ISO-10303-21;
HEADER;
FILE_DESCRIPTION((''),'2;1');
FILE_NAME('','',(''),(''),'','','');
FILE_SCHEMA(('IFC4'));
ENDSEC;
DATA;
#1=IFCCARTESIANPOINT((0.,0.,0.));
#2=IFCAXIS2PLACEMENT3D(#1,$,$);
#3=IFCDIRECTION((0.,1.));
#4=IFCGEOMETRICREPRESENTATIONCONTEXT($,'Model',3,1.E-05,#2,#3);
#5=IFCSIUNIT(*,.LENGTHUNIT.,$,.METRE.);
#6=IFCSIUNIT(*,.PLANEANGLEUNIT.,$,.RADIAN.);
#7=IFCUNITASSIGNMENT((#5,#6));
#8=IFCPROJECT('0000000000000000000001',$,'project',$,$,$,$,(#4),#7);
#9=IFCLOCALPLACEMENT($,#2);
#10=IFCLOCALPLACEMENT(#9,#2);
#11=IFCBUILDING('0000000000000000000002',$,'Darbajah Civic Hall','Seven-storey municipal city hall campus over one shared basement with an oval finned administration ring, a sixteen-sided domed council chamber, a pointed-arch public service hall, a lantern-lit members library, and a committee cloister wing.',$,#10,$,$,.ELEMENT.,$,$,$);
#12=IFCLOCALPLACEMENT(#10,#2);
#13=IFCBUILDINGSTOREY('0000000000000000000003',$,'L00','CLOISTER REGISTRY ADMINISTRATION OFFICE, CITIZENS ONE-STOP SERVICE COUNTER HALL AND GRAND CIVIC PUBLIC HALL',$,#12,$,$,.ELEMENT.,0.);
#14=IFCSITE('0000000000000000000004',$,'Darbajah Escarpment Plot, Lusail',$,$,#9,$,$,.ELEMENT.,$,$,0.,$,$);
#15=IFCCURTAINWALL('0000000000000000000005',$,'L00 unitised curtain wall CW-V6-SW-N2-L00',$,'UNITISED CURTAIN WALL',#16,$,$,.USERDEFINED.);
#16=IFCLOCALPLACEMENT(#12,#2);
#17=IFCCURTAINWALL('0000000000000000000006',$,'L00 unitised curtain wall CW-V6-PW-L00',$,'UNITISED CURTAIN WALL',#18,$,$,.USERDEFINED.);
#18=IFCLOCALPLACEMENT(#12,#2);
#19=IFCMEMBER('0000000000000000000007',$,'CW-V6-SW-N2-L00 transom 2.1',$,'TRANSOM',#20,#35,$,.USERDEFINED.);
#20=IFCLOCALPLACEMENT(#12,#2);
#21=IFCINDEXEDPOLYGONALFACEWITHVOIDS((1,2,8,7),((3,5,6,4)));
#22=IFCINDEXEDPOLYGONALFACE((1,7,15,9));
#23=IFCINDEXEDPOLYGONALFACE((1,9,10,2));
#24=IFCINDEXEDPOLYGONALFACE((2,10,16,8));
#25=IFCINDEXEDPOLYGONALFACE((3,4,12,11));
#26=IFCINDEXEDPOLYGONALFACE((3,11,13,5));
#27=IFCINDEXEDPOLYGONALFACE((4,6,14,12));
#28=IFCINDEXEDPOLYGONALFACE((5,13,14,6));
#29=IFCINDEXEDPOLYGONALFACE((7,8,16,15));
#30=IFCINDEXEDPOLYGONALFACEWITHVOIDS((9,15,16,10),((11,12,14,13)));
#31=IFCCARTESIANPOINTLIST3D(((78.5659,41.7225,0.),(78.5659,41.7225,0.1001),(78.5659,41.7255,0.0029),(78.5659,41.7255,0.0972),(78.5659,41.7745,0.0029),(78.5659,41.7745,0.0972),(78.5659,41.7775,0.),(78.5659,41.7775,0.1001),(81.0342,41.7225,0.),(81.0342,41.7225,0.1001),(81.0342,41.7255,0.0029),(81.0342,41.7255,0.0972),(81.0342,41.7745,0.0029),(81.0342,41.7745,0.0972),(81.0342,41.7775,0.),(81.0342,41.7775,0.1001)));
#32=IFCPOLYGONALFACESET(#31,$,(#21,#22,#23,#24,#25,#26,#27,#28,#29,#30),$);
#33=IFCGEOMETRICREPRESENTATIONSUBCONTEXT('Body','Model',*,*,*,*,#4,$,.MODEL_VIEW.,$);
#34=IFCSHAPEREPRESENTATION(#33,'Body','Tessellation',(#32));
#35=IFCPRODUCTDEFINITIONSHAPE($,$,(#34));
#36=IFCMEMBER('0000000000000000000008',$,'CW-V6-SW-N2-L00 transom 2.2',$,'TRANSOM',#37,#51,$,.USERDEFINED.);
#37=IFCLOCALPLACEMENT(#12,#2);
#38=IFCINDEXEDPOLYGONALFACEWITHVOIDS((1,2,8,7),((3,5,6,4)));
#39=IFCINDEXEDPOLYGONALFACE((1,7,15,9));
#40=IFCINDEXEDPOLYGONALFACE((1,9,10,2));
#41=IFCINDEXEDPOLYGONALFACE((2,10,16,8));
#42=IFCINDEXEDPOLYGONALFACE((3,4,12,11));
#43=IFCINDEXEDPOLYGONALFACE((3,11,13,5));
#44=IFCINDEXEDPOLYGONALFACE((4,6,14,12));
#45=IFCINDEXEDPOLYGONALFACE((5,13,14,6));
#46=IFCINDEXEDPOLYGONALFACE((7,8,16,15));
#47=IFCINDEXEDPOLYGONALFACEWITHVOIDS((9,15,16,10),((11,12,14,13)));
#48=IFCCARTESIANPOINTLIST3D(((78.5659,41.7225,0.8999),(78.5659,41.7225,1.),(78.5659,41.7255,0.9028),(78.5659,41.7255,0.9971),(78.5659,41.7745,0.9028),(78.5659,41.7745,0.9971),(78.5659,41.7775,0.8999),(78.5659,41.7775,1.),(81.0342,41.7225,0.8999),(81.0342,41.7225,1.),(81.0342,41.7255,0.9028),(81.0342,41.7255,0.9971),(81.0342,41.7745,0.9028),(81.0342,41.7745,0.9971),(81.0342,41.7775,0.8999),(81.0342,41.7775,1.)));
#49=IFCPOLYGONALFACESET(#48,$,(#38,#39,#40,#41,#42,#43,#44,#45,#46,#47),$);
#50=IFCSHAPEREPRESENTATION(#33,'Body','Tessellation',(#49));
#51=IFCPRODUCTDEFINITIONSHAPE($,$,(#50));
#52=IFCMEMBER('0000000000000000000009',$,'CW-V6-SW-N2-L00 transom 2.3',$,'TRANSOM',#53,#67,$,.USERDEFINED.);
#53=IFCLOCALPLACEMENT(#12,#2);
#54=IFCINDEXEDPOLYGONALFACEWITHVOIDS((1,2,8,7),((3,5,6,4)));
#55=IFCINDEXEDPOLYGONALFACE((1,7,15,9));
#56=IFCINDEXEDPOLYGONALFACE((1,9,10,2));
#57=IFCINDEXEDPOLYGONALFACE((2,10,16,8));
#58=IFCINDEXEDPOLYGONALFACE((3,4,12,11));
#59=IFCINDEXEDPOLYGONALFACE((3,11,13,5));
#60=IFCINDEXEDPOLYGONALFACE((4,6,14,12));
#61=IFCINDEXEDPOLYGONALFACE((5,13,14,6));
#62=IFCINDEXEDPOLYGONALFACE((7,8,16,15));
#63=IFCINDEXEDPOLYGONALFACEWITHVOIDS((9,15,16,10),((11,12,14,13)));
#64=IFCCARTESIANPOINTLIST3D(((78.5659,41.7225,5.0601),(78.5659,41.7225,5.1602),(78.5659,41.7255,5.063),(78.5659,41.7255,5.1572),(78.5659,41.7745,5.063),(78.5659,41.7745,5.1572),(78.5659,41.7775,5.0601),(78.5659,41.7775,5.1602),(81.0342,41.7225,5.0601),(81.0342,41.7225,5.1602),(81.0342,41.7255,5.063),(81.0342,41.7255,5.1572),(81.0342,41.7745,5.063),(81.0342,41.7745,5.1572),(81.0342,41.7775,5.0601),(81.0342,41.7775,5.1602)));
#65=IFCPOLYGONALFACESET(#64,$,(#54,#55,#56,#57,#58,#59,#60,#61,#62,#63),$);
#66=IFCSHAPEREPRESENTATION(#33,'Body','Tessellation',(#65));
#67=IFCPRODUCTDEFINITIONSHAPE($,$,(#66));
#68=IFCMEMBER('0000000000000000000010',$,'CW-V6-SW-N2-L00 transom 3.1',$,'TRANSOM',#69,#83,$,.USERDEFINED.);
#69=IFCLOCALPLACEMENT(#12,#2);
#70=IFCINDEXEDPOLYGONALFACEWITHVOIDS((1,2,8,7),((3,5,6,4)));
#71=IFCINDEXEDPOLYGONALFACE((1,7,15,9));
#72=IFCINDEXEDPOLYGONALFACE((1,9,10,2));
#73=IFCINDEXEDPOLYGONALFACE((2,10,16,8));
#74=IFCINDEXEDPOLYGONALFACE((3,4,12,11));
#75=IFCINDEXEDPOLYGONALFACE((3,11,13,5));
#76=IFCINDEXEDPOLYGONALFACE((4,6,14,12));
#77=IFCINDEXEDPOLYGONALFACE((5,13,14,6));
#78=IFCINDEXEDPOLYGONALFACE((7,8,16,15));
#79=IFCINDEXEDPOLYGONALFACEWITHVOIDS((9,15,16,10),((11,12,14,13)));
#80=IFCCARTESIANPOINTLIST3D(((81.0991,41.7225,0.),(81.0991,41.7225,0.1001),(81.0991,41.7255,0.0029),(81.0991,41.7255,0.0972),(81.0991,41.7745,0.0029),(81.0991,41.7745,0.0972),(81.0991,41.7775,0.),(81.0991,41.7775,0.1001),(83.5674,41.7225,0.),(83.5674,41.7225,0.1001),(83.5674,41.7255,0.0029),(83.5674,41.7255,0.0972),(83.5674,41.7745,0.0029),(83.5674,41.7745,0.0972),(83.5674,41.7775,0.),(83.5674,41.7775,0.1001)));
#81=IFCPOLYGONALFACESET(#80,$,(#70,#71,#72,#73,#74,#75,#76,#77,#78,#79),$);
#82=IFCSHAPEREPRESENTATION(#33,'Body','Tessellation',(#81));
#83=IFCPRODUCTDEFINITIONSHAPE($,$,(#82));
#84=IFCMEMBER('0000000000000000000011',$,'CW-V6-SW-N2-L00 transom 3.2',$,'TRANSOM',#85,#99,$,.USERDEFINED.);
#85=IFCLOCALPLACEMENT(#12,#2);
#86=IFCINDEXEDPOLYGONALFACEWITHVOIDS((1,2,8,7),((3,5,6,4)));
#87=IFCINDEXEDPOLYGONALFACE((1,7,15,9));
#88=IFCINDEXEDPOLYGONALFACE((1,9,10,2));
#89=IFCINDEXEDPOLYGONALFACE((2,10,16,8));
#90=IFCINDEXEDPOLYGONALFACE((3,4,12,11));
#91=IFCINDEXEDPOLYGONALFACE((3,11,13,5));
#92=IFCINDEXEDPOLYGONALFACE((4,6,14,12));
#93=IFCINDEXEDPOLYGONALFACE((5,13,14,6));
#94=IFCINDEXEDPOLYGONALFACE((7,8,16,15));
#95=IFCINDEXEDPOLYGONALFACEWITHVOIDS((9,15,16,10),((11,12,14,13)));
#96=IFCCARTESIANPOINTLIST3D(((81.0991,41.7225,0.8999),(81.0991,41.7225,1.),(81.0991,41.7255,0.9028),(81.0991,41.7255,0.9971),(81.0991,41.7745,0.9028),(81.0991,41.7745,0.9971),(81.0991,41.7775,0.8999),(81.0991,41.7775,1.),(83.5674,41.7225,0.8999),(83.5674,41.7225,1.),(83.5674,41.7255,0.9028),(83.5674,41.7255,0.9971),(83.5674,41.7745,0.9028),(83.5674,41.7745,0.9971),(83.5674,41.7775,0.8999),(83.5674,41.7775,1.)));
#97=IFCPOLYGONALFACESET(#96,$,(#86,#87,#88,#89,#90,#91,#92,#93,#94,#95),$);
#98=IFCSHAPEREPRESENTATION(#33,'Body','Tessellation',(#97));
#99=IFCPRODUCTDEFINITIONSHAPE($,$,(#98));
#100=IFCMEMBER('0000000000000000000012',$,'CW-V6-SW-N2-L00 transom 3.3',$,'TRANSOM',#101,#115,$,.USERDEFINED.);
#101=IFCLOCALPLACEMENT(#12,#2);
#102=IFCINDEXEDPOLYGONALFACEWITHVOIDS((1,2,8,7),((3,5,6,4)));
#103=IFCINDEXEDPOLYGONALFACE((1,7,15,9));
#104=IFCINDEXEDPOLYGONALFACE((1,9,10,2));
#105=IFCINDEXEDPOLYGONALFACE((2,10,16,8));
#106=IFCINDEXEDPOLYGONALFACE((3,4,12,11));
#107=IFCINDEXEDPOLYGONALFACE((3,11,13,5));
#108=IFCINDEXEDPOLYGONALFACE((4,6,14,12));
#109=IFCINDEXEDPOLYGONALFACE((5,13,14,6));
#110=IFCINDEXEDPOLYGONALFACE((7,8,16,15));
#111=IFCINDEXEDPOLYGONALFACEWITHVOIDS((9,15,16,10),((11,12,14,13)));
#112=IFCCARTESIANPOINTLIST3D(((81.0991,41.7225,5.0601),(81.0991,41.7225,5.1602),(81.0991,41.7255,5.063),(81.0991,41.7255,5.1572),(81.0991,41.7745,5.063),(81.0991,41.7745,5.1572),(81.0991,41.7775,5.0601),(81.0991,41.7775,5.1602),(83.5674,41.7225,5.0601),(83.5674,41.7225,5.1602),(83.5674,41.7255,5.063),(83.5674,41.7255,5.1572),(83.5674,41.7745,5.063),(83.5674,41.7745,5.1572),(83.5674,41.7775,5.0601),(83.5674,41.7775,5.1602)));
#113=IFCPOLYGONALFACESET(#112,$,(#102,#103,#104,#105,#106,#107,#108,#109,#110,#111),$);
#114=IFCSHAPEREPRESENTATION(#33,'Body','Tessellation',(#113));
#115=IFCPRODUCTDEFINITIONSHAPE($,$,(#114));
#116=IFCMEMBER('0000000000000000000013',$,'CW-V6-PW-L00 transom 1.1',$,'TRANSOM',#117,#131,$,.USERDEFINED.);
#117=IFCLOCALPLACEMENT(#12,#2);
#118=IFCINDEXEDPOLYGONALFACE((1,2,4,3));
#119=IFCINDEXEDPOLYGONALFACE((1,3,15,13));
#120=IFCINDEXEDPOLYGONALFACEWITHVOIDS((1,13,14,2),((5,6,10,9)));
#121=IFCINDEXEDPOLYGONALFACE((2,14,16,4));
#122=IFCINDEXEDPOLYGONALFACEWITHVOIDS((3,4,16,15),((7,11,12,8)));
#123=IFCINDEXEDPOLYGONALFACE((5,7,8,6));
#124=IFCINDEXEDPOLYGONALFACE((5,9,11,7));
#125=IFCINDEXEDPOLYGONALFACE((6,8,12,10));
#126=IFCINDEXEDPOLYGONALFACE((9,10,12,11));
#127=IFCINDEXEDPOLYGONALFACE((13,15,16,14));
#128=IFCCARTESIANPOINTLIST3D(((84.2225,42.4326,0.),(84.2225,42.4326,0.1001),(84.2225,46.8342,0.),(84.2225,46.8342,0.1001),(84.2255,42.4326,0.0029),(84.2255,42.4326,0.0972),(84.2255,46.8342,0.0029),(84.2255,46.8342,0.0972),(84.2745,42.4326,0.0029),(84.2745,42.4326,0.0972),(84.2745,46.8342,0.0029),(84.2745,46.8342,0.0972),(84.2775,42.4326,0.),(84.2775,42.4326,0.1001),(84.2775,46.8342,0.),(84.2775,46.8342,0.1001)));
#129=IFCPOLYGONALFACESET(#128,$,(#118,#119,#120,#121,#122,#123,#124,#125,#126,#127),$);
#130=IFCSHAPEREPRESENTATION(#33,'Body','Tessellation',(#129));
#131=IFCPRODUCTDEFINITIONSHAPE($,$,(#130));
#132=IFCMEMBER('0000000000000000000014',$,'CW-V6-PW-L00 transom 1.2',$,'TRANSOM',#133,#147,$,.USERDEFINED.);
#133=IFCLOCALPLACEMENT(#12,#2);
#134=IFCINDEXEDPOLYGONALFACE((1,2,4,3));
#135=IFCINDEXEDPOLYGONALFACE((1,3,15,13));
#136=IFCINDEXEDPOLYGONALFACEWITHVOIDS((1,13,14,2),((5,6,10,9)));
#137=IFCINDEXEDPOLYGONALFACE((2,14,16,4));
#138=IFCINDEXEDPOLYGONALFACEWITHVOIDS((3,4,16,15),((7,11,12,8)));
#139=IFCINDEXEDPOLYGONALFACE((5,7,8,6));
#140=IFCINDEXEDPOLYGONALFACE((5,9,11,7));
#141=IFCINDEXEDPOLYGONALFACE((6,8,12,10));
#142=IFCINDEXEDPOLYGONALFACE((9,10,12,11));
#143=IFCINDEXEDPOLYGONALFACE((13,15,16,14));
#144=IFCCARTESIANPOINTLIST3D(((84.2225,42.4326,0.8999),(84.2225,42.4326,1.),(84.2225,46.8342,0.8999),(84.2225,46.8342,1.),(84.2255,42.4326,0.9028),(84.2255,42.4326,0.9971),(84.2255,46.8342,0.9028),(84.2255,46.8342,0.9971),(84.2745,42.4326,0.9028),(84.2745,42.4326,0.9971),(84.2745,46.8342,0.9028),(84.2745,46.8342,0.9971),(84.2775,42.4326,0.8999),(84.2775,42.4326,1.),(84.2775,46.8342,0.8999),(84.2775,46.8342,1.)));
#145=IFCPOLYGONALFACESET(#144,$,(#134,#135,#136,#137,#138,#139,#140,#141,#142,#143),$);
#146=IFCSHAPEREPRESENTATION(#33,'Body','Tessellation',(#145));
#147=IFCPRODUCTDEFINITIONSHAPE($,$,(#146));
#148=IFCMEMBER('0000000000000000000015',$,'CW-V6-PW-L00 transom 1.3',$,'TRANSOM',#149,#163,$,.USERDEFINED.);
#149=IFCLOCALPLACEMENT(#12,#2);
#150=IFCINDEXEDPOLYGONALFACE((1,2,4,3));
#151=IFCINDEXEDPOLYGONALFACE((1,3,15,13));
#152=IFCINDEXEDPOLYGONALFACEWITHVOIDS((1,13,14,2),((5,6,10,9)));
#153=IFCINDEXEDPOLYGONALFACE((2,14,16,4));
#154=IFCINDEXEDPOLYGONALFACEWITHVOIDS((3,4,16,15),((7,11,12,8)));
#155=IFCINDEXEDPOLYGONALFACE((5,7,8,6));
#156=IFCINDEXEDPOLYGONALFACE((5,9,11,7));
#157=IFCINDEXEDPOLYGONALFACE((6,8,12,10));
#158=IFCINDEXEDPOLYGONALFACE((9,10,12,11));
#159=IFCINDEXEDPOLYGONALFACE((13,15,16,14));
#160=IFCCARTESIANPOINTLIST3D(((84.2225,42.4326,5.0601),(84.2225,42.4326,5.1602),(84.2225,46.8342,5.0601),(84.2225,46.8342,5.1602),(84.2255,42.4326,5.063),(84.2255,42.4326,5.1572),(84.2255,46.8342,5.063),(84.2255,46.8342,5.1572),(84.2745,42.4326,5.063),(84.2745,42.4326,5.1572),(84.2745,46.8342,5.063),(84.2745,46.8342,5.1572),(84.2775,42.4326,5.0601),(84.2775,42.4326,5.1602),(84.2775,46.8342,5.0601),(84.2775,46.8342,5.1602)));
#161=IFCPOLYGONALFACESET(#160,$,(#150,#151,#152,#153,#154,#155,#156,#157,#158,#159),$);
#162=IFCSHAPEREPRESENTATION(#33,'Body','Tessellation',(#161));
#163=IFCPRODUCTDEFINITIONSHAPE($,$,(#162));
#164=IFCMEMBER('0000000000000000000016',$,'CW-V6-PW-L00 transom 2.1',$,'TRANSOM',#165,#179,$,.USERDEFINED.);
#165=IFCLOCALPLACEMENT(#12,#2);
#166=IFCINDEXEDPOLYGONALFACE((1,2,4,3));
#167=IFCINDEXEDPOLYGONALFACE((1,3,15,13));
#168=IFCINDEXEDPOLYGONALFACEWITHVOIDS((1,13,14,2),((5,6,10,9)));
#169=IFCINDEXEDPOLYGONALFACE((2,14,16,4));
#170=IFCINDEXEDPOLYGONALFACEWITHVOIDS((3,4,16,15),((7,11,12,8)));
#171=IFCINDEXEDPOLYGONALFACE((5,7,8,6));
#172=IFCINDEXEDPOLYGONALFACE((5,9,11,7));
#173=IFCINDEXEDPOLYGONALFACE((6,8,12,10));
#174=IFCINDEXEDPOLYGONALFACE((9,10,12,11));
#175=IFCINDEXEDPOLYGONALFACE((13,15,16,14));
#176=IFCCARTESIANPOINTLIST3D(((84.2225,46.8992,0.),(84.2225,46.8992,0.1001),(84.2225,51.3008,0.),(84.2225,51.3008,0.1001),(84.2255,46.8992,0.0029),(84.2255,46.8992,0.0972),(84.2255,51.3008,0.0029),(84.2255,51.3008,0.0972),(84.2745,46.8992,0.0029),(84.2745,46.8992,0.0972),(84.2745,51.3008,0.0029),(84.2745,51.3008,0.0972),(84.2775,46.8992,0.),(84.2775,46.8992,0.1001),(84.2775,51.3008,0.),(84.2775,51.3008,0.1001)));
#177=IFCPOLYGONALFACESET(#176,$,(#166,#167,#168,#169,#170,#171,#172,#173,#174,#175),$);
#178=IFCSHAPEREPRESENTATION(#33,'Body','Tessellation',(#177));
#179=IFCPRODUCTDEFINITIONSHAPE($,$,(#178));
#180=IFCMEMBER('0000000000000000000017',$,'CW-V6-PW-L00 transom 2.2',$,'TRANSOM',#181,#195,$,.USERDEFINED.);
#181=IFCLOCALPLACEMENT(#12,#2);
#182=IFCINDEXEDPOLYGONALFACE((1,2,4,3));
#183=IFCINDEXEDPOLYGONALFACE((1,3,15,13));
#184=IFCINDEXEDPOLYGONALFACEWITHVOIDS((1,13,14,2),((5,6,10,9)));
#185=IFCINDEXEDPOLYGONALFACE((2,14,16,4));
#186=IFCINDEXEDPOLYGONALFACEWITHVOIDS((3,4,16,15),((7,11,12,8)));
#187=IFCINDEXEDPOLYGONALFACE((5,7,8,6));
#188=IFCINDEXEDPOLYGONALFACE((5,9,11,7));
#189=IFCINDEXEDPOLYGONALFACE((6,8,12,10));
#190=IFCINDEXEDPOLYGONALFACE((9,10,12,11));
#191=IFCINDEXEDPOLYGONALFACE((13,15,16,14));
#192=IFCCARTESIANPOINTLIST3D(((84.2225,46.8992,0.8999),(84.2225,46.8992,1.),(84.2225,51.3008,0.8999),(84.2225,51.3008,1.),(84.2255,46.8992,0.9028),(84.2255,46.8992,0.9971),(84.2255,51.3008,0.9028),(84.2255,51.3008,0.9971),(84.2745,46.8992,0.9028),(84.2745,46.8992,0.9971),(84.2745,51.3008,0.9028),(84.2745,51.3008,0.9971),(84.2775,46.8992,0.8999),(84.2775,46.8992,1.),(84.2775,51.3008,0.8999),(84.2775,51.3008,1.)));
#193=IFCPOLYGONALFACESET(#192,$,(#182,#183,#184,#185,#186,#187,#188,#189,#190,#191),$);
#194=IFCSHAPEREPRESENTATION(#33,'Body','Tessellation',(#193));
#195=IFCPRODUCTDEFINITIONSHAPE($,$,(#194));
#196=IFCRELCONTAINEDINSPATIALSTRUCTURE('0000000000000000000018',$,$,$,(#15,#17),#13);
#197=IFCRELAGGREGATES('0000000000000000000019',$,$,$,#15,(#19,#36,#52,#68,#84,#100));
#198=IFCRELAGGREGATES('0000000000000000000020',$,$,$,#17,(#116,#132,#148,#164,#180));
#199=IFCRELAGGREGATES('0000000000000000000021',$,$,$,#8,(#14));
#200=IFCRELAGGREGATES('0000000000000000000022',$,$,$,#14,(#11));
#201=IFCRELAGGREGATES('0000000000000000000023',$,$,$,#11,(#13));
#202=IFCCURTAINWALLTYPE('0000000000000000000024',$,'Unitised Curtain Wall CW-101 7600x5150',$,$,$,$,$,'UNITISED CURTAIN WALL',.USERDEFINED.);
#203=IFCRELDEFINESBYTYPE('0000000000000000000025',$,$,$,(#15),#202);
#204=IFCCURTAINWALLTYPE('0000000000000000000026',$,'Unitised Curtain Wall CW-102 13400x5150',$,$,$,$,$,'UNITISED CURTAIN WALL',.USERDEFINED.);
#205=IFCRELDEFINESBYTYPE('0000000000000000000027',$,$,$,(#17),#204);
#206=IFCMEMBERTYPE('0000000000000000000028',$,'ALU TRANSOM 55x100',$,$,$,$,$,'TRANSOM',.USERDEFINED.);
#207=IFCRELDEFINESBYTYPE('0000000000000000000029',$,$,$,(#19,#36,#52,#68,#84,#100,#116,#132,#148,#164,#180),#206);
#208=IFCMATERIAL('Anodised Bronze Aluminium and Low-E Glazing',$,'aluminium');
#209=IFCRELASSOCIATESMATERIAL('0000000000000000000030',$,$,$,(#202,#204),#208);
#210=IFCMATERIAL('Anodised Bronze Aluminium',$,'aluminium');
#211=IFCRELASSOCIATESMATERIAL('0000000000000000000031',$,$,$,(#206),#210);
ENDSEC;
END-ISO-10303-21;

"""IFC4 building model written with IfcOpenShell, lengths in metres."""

from ifc_helpers import new_model, si_unit, direction, frame, origin, origin_2d, place, context, subcontext, project, spatial, hollow_rectangle, extrude, material, material_profile, profile_set, type_object, element, aggregate, save


model = new_model("IFC4")

# Units and contexts
model_context = context("Model", 3, precision=1e-05, world=origin(), true_north=direction((0.0, 1.0)))
body_context = subcontext(model_context, "Body", "Model", "MODEL_VIEW")
ifc_project = project(units=[si_unit("LENGTHUNIT", "METRE"), si_unit("PLANEANGLEUNIT", "RADIAN")], contexts=[model_context])

# Site, building, storey
site_placement = place(None, origin())
site = spatial("IfcSite", under=ifc_project, at=site_placement, Name="Darbajah Escarpment Plot, Lusail", CompositionType="ELEMENT", RefElevation=0.0)
building_placement = place(site_placement, origin())
building = spatial("IfcBuilding", under=site, at=building_placement, Name="Darbajah Civic Hall", Description="Seven-storey municipal city hall campus over one shared basement with an oval finned administration ring, a sixteen-sided domed council chamber, a pointed-arch public service hall, a lantern-lit members library, and a committee cloister wing.", CompositionType="ELEMENT")
storey_placement = place(building_placement, origin())
storey = spatial("IfcBuildingStorey", under=building, at=storey_placement, Name="L00", Description="CLOISTER REGISTRY ADMINISTRATION OFFICE, CITIZENS ONE-STOP SERVICE COUNTER HALL AND GRAND CIVIC PUBLIC HALL", CompositionType="ELEMENT", Elevation=0.0)

# Curtain walls
ifc_material_1 = material(Name="Anodised Bronze Aluminium and Low-E Glazing", Category="aluminium")
curtain_wall_type_1 = type_object("IfcCurtainWallType", Name="Unitised Curtain Wall CW-101 7600x5150", ElementType="UNITISED CURTAIN WALL", PredefinedType="USERDEFINED", material=ifc_material_1)
curtain_wall_1_placement = place(storey_placement, origin())
curtain_wall_1 = element("IfcCurtainWall", 1, at=curtain_wall_1_placement, inside=storey, type_object=curtain_wall_type_1, Name="L00 unitised curtain wall CW-V6-SW-N2-L00", ObjectType="UNITISED CURTAIN WALL", PredefinedType="USERDEFINED")
ifc_material_2 = material(Name="Anodised Bronze Aluminium", Category="aluminium")
curtain_wall_type_2 = type_object("IfcCurtainWallType", Name="Unitised Curtain Wall CW-102 13400x5150", ElementType="UNITISED CURTAIN WALL", PredefinedType="USERDEFINED", material=ifc_material_1)
curtain_wall_2_placement = place(storey_placement, origin())
curtain_wall_2 = element("IfcCurtainWall", 2, at=curtain_wall_2_placement, inside=storey, type_object=curtain_wall_type_2, Name="L00 unitised curtain wall CW-V6-PW-L00", ObjectType="UNITISED CURTAIN WALL", PredefinedType="USERDEFINED")

# Members
ifc_material_profile_1 = material_profile(ifc_material_2, hollow_rectangle(XDim=0.0549, YDim=0.1001, WallThickness=0.0029, at=origin_2d()), Name="ALU TRANSOM 55x100")
ifc_profile_set_1 = profile_set([ifc_material_profile_1], Name="Anodised Bronze Aluminium")
member_type_1 = type_object("IfcMemberType", Name="ALU TRANSOM 55x100", ElementType="TRANSOM", PredefinedType="USERDEFINED", material=ifc_profile_set_1)
member_1_placement = place(storey_placement, frame((78.5659, 41.75, 0.05), z_axis=(1.0, 0.0, 0.0), x_axis=(0.0, 1.0, 0.0)))
member_1 = element("IfcMember", 3, at=member_1_placement, type_object=member_type_1, Name="CW-V6-SW-N2-L00 transom 2.1", ObjectType="TRANSOM", PredefinedType="USERDEFINED", context=body_context, shape_type="SweptSolid", body=[
    extrude(hollow_rectangle(XDim=0.0549, YDim=0.1001, WallThickness=0.0029, at=origin_2d()), origin(), (0.0, 0.0, 1.0), 2.4683),
])
member_2_placement = place(storey_placement, frame((78.5659, 41.75, 0.95), z_axis=(1.0, 0.0, 0.0), x_axis=(0.0, 1.0, 0.0)))
member_2 = element("IfcMember", 4, at=member_2_placement, type_object=member_type_1, Name="CW-V6-SW-N2-L00 transom 2.2", ObjectType="TRANSOM", PredefinedType="USERDEFINED", context=body_context, shape_type="SweptSolid", body=[
    extrude(hollow_rectangle(XDim=0.0549, YDim=0.1001, WallThickness=0.0029, at=origin_2d()), origin(), (0.0, 0.0, 1.0), 2.4683),
])
member_3_placement = place(storey_placement, frame((78.5659, 41.75, 5.1101), z_axis=(1.0, 0.0, 0.0), x_axis=(0.0, 1.0, 0.0)))
member_3 = element("IfcMember", 5, at=member_3_placement, type_object=member_type_1, Name="CW-V6-SW-N2-L00 transom 2.3", ObjectType="TRANSOM", PredefinedType="USERDEFINED", context=body_context, shape_type="SweptSolid", body=[
    extrude(hollow_rectangle(XDim=0.0549, YDim=0.1001, WallThickness=0.0029, at=origin_2d()), origin(), (0.0, 0.0, 1.0), 2.4683),
])
member_4_placement = place(storey_placement, frame((81.0991, 41.75, 0.05), z_axis=(1.0, 0.0, 0.0), x_axis=(0.0, 1.0, 0.0)))
member_4 = element("IfcMember", 6, at=member_4_placement, type_object=member_type_1, Name="CW-V6-SW-N2-L00 transom 3.1", ObjectType="TRANSOM", PredefinedType="USERDEFINED", context=body_context, shape_type="SweptSolid", body=[
    extrude(hollow_rectangle(XDim=0.0549, YDim=0.1001, WallThickness=0.0029, at=origin_2d()), origin(), (0.0, 0.0, 1.0), 2.4683),
])
member_5_placement = place(storey_placement, frame((81.0991, 41.75, 0.95), z_axis=(1.0, 0.0, 0.0), x_axis=(0.0, 1.0, 0.0)))
member_5 = element("IfcMember", 7, at=member_5_placement, type_object=member_type_1, Name="CW-V6-SW-N2-L00 transom 3.2", ObjectType="TRANSOM", PredefinedType="USERDEFINED", context=body_context, shape_type="SweptSolid", body=[
    extrude(hollow_rectangle(XDim=0.0549, YDim=0.1001, WallThickness=0.0029, at=origin_2d()), origin(), (0.0, 0.0, 1.0), 2.4683),
])
member_6_placement = place(storey_placement, frame((81.0991, 41.75, 5.1101), z_axis=(1.0, 0.0, 0.0), x_axis=(0.0, 1.0, 0.0)))
member_6 = element("IfcMember", 8, at=member_6_placement, type_object=member_type_1, Name="CW-V6-SW-N2-L00 transom 3.3", ObjectType="TRANSOM", PredefinedType="USERDEFINED", context=body_context, shape_type="SweptSolid", body=[
    extrude(hollow_rectangle(XDim=0.0549, YDim=0.1001, WallThickness=0.0029, at=origin_2d()), origin(), (0.0, 0.0, 1.0), 2.4683),
])
member_7_placement = place(storey_placement, frame((84.25, 42.4326, 0.05), z_axis=(0.0, 1.0, 0.0), x_axis=(-1.0, 0.0, 0.0)))
member_7 = element("IfcMember", 9, at=member_7_placement, type_object=member_type_1, Name="CW-V6-PW-L00 transom 1.1", ObjectType="TRANSOM", PredefinedType="USERDEFINED", context=body_context, shape_type="SweptSolid", body=[
    extrude(hollow_rectangle(XDim=0.0549, YDim=0.1001, WallThickness=0.0029, at=origin_2d()), origin(), (0.0, 0.0, 1.0), 4.4016),
])
member_8_placement = place(storey_placement, frame((84.25, 42.4326, 0.95), z_axis=(0.0, 1.0, 0.0), x_axis=(-1.0, 0.0, 0.0)))
member_8 = element("IfcMember", 10, at=member_8_placement, type_object=member_type_1, Name="CW-V6-PW-L00 transom 1.2", ObjectType="TRANSOM", PredefinedType="USERDEFINED", context=body_context, shape_type="SweptSolid", body=[
    extrude(hollow_rectangle(XDim=0.0549, YDim=0.1001, WallThickness=0.0029, at=origin_2d()), origin(), (0.0, 0.0, 1.0), 4.4016),
])
member_9_placement = place(storey_placement, frame((84.25, 42.4326, 5.1101), z_axis=(0.0, 1.0, 0.0), x_axis=(-1.0, 0.0, 0.0)))
member_9 = element("IfcMember", 11, at=member_9_placement, type_object=member_type_1, Name="CW-V6-PW-L00 transom 1.3", ObjectType="TRANSOM", PredefinedType="USERDEFINED", context=body_context, shape_type="SweptSolid", body=[
    extrude(hollow_rectangle(XDim=0.0549, YDim=0.1001, WallThickness=0.0029, at=origin_2d()), origin(), (0.0, 0.0, 1.0), 4.4016),
])
member_10_placement = place(storey_placement, frame((84.25, 46.8992, 0.05), z_axis=(0.0, 1.0, 0.0), x_axis=(-1.0, 0.0, 0.0)))
member_10 = element("IfcMember", 12, at=member_10_placement, type_object=member_type_1, Name="CW-V6-PW-L00 transom 2.1", ObjectType="TRANSOM", PredefinedType="USERDEFINED", context=body_context, shape_type="SweptSolid", body=[
    extrude(hollow_rectangle(XDim=0.0549, YDim=0.1001, WallThickness=0.0029, at=origin_2d()), origin(), (0.0, 0.0, 1.0), 4.4016),
])
member_11_placement = place(storey_placement, frame((84.25, 46.8992, 0.95), z_axis=(0.0, 1.0, 0.0), x_axis=(-1.0, 0.0, 0.0)))
member_11 = element("IfcMember", 13, at=member_11_placement, type_object=member_type_1, Name="CW-V6-PW-L00 transom 2.2", ObjectType="TRANSOM", PredefinedType="USERDEFINED", context=body_context, shape_type="SweptSolid", body=[
    extrude(hollow_rectangle(XDim=0.0549, YDim=0.1001, WallThickness=0.0029, at=origin_2d()), origin(), (0.0, 0.0, 1.0), 4.4016),
])

aggregate(curtain_wall_1, [member_1, member_2, member_3, member_4, member_5, member_6])
aggregate(curtain_wall_2, [member_7, member_8, member_9, member_10, member_11])

save(model, "model.ifc")
